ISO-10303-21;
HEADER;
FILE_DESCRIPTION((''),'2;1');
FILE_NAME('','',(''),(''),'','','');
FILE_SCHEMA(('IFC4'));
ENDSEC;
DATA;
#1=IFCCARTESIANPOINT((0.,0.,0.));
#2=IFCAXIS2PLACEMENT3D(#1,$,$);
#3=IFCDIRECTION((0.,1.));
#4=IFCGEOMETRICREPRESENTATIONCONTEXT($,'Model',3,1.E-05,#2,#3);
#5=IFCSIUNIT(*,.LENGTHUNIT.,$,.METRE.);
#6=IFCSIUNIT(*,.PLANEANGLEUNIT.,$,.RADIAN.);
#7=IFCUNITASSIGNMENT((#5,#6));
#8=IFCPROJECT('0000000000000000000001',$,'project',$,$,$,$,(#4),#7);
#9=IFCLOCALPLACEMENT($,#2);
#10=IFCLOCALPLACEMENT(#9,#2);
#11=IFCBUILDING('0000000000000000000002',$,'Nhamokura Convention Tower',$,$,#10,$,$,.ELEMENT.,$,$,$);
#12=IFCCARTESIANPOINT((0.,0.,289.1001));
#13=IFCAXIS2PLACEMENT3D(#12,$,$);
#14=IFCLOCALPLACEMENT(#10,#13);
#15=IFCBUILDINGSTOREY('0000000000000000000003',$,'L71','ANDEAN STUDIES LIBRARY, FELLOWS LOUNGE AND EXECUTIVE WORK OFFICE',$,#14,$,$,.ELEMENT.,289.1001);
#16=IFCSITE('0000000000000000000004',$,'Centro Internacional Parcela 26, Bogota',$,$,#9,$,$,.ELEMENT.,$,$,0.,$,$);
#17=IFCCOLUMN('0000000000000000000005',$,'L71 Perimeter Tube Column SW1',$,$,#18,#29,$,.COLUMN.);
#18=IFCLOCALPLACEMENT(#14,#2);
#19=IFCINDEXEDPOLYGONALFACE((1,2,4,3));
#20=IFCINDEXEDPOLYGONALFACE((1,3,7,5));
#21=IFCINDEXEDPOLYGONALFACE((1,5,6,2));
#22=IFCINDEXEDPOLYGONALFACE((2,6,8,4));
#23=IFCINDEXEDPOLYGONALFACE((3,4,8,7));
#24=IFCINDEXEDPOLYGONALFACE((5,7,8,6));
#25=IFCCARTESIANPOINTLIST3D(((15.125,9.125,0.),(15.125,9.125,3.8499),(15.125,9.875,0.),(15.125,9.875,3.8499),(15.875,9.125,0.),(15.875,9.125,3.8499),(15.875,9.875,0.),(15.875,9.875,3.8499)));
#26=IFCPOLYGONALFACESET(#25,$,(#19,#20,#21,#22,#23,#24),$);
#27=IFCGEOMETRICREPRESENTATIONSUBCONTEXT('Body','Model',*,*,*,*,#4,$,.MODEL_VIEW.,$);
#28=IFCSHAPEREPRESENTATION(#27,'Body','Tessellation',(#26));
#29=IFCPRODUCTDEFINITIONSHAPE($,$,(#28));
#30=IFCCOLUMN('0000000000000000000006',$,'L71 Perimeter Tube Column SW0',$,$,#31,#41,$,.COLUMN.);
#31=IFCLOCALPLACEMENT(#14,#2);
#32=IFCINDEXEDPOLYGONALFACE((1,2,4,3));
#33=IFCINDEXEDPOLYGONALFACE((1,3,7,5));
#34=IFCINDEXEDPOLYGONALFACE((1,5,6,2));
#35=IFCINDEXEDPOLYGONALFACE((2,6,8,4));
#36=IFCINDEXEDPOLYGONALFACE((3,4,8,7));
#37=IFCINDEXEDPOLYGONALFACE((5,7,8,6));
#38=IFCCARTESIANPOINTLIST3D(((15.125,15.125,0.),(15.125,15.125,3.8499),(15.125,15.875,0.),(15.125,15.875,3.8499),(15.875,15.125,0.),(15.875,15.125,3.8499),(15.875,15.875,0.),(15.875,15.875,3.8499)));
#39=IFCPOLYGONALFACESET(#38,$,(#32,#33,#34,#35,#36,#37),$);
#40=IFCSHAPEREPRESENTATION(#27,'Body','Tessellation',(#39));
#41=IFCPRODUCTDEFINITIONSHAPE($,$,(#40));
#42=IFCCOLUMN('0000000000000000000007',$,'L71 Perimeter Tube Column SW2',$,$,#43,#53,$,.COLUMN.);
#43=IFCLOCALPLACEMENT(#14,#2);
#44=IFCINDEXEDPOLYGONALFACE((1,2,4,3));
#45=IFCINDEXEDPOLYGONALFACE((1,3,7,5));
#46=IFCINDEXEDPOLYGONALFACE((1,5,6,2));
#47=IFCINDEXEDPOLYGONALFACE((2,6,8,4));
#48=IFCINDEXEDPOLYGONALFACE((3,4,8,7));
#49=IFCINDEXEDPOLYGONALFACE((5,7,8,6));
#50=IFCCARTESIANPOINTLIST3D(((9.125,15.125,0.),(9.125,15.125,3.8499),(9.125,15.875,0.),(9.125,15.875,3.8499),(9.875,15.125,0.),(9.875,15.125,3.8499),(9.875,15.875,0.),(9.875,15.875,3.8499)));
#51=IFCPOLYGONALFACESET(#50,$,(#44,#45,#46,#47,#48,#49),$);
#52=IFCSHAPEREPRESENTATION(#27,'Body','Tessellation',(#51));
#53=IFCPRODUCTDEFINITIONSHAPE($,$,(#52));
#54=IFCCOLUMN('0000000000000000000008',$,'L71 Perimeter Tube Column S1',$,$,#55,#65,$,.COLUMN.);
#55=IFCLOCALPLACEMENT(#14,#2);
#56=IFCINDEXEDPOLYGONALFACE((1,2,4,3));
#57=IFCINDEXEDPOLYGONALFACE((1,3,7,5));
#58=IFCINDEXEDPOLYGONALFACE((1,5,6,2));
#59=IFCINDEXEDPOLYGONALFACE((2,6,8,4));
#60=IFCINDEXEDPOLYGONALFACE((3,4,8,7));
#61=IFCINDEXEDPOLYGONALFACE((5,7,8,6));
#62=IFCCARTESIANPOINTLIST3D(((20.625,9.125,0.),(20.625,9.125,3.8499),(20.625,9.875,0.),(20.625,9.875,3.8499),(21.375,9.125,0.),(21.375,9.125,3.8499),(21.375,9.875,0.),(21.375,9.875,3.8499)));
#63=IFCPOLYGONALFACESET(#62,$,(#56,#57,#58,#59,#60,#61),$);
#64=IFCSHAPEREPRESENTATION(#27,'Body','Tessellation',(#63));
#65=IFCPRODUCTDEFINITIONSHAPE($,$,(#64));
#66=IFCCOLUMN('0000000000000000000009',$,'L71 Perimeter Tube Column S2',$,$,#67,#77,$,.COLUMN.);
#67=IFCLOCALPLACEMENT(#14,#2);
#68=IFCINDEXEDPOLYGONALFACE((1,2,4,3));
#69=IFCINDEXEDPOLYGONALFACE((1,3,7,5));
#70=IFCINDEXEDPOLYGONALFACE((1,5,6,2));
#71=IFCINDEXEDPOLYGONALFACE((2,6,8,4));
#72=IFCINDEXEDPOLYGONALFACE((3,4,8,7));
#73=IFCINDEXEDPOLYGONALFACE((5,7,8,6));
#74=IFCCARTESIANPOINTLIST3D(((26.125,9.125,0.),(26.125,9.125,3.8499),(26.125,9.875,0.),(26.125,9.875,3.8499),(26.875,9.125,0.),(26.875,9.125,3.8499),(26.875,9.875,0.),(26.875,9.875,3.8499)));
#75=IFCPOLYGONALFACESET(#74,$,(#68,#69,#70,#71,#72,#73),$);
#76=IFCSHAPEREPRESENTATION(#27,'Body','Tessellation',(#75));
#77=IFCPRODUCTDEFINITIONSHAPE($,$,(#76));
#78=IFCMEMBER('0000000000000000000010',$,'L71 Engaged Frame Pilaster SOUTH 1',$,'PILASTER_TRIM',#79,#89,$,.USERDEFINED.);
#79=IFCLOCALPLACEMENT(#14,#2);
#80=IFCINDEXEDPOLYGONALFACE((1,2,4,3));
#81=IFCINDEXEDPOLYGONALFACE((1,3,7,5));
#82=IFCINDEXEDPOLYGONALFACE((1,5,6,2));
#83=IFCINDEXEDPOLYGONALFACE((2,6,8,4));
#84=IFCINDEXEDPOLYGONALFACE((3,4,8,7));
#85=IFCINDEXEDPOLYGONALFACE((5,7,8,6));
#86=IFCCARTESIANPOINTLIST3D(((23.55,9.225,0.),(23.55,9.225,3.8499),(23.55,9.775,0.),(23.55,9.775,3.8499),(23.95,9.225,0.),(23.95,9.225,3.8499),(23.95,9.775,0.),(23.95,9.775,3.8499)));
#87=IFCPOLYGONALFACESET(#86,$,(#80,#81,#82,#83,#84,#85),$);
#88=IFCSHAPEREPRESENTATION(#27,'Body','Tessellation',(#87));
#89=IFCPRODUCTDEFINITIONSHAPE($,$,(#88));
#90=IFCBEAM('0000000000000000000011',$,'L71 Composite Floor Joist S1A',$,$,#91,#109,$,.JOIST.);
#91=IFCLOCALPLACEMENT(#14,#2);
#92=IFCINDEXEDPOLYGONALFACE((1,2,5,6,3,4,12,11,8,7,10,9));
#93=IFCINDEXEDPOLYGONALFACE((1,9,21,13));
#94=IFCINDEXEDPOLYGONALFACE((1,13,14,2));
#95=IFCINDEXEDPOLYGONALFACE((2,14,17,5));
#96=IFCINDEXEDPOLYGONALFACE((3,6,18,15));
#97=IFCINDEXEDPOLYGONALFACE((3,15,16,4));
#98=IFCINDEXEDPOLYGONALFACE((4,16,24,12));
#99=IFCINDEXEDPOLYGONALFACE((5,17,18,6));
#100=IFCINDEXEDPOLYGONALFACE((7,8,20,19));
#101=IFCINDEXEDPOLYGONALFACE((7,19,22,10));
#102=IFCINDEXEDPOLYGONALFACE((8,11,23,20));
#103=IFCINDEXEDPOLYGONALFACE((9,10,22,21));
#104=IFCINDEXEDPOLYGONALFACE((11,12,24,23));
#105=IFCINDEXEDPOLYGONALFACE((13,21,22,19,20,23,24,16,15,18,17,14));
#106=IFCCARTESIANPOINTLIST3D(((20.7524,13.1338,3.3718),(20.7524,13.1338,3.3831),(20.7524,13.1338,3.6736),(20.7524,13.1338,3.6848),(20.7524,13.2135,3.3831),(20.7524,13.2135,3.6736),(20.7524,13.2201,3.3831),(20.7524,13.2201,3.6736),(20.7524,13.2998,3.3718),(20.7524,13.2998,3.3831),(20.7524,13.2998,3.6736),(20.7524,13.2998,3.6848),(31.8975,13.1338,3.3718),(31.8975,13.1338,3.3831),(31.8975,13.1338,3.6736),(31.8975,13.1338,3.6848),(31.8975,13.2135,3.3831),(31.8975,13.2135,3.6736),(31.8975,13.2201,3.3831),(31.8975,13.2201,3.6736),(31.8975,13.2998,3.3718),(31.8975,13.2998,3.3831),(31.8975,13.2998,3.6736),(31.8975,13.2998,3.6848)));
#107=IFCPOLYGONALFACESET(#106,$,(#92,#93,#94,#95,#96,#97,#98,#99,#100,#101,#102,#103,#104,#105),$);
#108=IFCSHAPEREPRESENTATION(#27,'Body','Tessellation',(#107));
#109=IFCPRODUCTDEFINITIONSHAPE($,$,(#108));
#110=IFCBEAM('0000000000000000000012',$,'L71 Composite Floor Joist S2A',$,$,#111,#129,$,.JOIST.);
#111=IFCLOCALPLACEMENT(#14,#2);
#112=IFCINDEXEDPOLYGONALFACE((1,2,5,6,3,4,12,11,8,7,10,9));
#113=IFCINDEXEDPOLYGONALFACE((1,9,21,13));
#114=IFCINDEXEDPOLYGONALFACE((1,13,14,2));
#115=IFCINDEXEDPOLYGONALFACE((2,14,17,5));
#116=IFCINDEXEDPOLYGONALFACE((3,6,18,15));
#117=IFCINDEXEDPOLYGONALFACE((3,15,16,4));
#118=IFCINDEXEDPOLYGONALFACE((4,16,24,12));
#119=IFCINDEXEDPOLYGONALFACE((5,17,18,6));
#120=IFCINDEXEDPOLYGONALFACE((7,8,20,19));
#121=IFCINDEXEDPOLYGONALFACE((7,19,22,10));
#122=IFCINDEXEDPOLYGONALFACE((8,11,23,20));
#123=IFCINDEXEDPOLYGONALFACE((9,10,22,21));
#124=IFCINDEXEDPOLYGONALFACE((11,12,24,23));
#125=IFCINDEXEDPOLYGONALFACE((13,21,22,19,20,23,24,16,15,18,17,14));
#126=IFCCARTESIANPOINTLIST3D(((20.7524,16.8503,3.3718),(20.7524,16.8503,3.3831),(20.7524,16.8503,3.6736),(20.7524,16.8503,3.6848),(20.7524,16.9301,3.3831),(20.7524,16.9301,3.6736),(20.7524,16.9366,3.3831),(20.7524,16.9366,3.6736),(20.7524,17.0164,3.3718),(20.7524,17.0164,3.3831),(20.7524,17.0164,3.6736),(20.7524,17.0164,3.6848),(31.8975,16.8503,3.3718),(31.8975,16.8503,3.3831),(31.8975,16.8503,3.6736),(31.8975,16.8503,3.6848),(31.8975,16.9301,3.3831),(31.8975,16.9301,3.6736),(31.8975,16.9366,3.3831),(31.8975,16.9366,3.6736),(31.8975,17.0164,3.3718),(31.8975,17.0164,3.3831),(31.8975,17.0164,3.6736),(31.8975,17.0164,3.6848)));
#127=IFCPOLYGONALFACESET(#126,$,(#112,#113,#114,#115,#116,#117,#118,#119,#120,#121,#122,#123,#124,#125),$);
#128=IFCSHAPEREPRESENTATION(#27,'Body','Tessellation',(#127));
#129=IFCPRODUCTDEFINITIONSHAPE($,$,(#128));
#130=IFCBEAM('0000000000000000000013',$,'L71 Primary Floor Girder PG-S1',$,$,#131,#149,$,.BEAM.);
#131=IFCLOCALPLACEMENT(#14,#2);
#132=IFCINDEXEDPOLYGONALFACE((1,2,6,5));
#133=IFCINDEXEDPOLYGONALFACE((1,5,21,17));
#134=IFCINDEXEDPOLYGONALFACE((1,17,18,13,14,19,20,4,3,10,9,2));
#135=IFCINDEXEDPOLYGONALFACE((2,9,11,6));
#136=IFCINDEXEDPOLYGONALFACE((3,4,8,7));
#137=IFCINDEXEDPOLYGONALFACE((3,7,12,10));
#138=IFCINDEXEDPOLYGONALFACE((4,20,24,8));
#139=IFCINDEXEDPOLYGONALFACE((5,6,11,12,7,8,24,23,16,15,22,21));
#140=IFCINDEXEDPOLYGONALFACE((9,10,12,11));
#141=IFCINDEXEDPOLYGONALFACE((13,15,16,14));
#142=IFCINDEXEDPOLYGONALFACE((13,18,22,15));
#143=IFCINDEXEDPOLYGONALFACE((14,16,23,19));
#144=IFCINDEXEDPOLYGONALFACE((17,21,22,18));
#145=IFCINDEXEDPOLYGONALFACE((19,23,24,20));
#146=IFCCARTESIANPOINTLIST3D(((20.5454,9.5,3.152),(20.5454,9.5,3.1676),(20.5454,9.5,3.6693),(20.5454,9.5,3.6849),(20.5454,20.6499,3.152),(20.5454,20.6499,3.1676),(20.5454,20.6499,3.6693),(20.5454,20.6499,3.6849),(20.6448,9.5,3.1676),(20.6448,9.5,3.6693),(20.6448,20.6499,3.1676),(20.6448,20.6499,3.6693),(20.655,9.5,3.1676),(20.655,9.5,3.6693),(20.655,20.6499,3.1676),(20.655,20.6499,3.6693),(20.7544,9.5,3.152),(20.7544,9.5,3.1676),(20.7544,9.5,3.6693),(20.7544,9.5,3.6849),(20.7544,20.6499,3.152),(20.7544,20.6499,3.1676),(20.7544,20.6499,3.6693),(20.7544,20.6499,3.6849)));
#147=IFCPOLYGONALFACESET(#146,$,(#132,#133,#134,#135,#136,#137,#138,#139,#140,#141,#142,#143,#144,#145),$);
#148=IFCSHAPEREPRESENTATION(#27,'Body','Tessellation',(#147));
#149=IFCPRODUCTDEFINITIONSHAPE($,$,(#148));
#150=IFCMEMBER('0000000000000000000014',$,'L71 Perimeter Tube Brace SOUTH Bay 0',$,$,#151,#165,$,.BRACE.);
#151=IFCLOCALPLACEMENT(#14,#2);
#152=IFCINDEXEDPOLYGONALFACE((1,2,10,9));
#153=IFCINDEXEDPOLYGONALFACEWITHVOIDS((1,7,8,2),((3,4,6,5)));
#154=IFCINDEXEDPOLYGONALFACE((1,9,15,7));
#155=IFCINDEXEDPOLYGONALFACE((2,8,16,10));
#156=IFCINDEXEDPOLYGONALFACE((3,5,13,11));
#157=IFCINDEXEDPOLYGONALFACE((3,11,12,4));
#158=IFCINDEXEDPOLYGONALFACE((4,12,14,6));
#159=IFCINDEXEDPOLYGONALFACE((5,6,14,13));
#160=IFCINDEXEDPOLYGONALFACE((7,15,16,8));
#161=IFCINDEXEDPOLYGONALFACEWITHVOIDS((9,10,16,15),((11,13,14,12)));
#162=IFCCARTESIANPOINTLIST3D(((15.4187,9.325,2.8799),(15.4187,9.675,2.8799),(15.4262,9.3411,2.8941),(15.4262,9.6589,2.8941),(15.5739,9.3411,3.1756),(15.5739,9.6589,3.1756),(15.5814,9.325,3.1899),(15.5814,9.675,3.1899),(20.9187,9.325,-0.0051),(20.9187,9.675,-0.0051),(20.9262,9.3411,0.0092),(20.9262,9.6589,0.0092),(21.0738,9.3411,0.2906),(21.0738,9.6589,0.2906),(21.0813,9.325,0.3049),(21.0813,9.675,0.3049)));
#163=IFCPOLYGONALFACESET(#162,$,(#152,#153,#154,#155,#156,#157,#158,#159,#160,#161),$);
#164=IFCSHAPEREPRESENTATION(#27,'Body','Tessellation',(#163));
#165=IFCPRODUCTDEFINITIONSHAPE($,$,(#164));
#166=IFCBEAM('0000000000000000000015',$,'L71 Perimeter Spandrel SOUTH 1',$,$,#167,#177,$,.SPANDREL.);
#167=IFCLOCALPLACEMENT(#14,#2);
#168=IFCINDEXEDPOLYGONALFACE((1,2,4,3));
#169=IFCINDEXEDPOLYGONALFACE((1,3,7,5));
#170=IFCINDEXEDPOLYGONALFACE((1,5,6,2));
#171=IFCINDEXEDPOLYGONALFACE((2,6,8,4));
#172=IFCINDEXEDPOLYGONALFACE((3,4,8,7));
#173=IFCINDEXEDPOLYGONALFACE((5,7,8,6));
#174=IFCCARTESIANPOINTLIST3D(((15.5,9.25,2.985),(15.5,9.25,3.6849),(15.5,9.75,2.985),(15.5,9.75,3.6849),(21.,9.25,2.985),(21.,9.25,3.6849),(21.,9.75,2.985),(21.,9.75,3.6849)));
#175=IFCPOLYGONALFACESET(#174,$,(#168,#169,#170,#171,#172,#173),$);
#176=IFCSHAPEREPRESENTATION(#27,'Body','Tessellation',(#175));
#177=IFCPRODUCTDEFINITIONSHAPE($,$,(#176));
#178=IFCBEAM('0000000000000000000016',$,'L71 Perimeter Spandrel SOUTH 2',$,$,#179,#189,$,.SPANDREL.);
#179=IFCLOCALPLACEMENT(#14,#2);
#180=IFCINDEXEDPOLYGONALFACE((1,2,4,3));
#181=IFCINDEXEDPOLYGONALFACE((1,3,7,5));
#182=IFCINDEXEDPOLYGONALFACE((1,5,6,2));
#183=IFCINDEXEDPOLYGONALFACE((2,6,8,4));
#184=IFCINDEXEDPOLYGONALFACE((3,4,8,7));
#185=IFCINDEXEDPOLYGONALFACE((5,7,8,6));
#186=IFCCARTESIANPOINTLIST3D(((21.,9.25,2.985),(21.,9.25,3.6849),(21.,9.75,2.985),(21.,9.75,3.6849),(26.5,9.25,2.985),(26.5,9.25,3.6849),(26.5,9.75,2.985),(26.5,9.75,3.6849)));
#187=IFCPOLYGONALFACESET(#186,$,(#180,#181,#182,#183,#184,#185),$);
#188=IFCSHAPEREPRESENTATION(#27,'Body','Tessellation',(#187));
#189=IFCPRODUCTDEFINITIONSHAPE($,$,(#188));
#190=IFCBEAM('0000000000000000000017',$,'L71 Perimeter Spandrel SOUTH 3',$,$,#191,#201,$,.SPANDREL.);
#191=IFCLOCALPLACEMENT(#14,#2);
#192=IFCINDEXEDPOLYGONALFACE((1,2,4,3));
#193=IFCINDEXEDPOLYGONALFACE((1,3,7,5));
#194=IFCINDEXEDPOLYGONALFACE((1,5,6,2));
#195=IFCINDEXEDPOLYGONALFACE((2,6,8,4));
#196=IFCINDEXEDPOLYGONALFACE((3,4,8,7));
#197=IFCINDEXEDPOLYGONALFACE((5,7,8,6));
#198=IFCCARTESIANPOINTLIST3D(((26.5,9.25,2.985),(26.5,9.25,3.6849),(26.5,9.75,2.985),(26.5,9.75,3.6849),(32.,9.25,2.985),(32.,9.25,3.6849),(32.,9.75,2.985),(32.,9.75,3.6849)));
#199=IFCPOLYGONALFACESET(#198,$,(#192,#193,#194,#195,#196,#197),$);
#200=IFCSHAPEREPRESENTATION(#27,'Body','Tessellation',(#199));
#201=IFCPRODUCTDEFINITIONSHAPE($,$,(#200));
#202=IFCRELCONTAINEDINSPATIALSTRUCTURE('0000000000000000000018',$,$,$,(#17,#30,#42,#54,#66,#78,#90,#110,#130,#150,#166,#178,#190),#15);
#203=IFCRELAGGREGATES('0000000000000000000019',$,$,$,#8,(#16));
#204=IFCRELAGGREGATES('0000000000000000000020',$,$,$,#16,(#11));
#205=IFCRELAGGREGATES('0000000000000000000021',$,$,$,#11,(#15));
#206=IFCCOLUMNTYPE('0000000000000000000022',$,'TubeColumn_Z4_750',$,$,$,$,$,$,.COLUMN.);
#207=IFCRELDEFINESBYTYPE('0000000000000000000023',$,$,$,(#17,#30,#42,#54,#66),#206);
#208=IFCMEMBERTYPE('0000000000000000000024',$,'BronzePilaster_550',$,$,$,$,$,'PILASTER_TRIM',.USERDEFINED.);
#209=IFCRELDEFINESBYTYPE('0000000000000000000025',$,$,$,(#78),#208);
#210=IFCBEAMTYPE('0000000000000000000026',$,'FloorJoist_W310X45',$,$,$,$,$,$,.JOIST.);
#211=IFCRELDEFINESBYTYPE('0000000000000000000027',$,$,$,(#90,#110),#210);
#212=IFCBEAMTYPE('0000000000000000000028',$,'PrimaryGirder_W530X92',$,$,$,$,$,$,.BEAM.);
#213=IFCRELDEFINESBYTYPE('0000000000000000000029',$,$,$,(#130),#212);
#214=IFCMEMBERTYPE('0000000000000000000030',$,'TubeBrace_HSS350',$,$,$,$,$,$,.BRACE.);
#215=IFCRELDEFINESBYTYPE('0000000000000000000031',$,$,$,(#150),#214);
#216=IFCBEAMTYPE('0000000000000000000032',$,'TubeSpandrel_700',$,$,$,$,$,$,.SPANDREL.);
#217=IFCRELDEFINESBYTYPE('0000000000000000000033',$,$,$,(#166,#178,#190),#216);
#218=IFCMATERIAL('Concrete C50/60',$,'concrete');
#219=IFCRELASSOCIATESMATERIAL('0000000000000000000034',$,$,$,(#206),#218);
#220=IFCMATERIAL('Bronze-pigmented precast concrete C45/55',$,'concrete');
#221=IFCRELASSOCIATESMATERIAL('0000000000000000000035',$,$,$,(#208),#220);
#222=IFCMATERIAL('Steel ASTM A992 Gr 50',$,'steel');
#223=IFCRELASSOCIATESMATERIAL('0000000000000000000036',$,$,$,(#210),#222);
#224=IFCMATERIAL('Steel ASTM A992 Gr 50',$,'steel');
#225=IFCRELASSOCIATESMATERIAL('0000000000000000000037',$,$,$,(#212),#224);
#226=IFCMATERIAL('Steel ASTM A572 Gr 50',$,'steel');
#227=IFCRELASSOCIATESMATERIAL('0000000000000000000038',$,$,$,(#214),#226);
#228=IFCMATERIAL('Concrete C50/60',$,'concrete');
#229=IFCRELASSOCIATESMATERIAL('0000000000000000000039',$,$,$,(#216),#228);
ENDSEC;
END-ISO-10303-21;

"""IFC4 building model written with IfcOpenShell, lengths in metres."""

from ifc_helpers import new_model, si_unit, direction, frame, origin, origin_2d, place, context, subcontext, project, spatial, rectangle, hollow_rectangle, i_section, extrude, material, material_profile, profile_set, type_object, element, save


model = new_model("IFC4")

# Units and contexts
model_context = context("Model", 3, precision=1e-05, world=origin(), true_north=direction((0.0, 1.0)))
body_context = subcontext(model_context, "Body", "Model", "MODEL_VIEW")
ifc_project = project(units=[si_unit("LENGTHUNIT", "METRE"), si_unit("PLANEANGLEUNIT", "RADIAN")], contexts=[model_context])

# Site, building, storey
site_placement = place(None, origin())
site = spatial("IfcSite", under=ifc_project, at=site_placement, Name="Centro Internacional Parcela 26, Bogota", CompositionType="ELEMENT", RefElevation=0.0)
building_placement = place(site_placement, origin())
building = spatial("IfcBuilding", under=site, at=building_placement, Name="Nhamokura Convention Tower", CompositionType="ELEMENT")
storey_placement = place(building_placement, frame((0.0, 0.0, 289.1001)))
storey = spatial("IfcBuildingStorey", under=building, at=storey_placement, Name="L71", Description="ANDEAN STUDIES LIBRARY, FELLOWS LOUNGE AND EXECUTIVE WORK OFFICE", CompositionType="ELEMENT", Elevation=289.1001)

# Columns
ifc_material_1 = material(Name="Concrete C50/60", Category="concrete")
ifc_material_profile_1 = material_profile(ifc_material_1, rectangle(XDim=0.75, YDim=0.75, at=origin_2d()))
ifc_profile_set_1 = profile_set([ifc_material_profile_1], Name="Concrete C50/60")
column_type = type_object("IfcColumnType", Name="TubeColumn_Z4_750", PredefinedType="COLUMN", material=ifc_profile_set_1)
for number, where, z_axis, x_axis, name in (
    (1, (15.5, 9.5, 0.0), (0.0, 0.0, 1.0), (1.0, 0.0, 0.0), "L71 Perimeter Tube Column SW1"),
    (2, (15.5, 15.5, 0.0), (0.0, 0.0, 1.0), (1.0, 0.0, 0.0), "L71 Perimeter Tube Column SW0"),
    (3, (9.5, 15.5, 0.0), (0.0, 0.0, 1.0), (1.0, 0.0, 0.0), "L71 Perimeter Tube Column SW2"),
    (4, (21.0, 9.5, 0.0), (0.0, 0.0, 1.0), (1.0, 0.0, 0.0), "L71 Perimeter Tube Column S1"),
    (5, (26.5, 9.5, 0.0), (0.0, 0.0, 1.0), (1.0, 0.0, 0.0), "L71 Perimeter Tube Column S2"),
):
    element("IfcColumn", number, at=place(storey_placement, frame(where, z_axis=z_axis, x_axis=x_axis)), inside=storey, type_object=column_type, Name=name, PredefinedType="COLUMN", context=body_context, shape_type="SweptSolid", body=[
        extrude(rectangle(XDim=0.75, YDim=0.75, at=origin_2d()), origin(), (0.0, 0.0, 1.0), 3.8499),
    ])

# Member
ifc_material_2 = material(Name="Bronze-pigmented precast concrete C45/55", Category="concrete")
ifc_material_profile_2 = material_profile(ifc_material_2, rectangle(XDim=0.3999, YDim=0.55, at=origin_2d()))
ifc_profile_set_2 = profile_set([ifc_material_profile_2], Name="Bronze-pigmented precast concrete C45/55")
member_type_1 = type_object("IfcMemberType", Name="BronzePilaster_550", ElementType="PILASTER_TRIM", PredefinedType="USERDEFINED", material=ifc_profile_set_2)
member_1_placement = place(storey_placement, frame((23.75, 9.5, 0.0), z_axis=(0.0, 0.0, 1.0), x_axis=(1.0, 0.0, 0.0)))
element("IfcMember", 6, at=member_1_placement, inside=storey, type_object=member_type_1, Name="L71 Engaged Frame Pilaster SOUTH 1", ObjectType="PILASTER_TRIM", PredefinedType="USERDEFINED", context=body_context, shape_type="SweptSolid", body=[
    extrude(rectangle(XDim=0.3999, YDim=0.55, at=origin_2d()), origin(), (0.0, 0.0, 1.0), 3.8499),
])

# Beams
ifc_material_3 = material(Name="Steel ASTM A992 Gr 50", Category="steel")
ifc_material_profile_3 = material_profile(ifc_material_3, i_section(OverallWidth=0.166, OverallDepth=0.313, WebThickness=0.0066, FlangeThickness=0.0112, at=origin_2d()))
ifc_profile_set_3 = profile_set([ifc_material_profile_3], Name="Steel ASTM A992 Gr 50")
beam_type_1 = type_object("IfcBeamType", Name="FloorJoist_W310X45", PredefinedType="JOIST", material=ifc_profile_set_3)
for number, where, z_axis, x_axis, name in (
    (7, (20.7524, 13.2168, 3.5283), (1.0, 0.0, 0.0), (0.0, 1.0, 0.0), "L71 Composite Floor Joist S1A"),
    (8, (20.7524, 16.9333, 3.5283), (1.0, 0.0, 0.0), (0.0, 1.0, 0.0), "L71 Composite Floor Joist S2A"),
):
    element("IfcBeam", number, at=place(storey_placement, frame(where, z_axis=z_axis, x_axis=x_axis)), inside=storey, type_object=beam_type_1, Name=name, PredefinedType="JOIST", context=body_context, shape_type="SweptSolid", body=[
        extrude(i_section(OverallWidth=0.166, OverallDepth=0.313, WebThickness=0.0066, FlangeThickness=0.0112, at=origin_2d()), origin(), (0.0, 0.0, 1.0), 11.145),
    ])
ifc_material_4 = material(Name="Steel ASTM A992 Gr 50", Category="steel")
ifc_material_profile_4 = material_profile(ifc_material_4, i_section(OverallWidth=0.209, OverallDepth=0.533, WebThickness=0.0103, FlangeThickness=0.0156, at=origin_2d()))
ifc_profile_set_4 = profile_set([ifc_material_profile_4], Name="Steel ASTM A992 Gr 50")
beam_type_2 = type_object("IfcBeamType", Name="PrimaryGirder_W530X92", PredefinedType="BEAM", material=ifc_profile_set_4)
beam_placement = place(storey_placement, frame((20.6499, 9.5, 3.4185), z_axis=(0.0, 1.0, 0.0), x_axis=(-1.0, 0.0, 0.0)))
element("IfcBeam", 9, at=beam_placement, inside=storey, type_object=beam_type_2, Name="L71 Primary Floor Girder PG-S1", PredefinedType="BEAM", context=body_context, shape_type="SweptSolid", body=[
    extrude(i_section(OverallWidth=0.209, OverallDepth=0.533, WebThickness=0.0103, FlangeThickness=0.0156, at=origin_2d()), origin(), (0.0, 0.0, 1.0), 11.1499),
])

# Member
ifc_material_5 = material(Name="Steel ASTM A572 Gr 50", Category="steel")
ifc_material_profile_5 = material_profile(ifc_material_5, hollow_rectangle(XDim=0.3501, YDim=0.3501, WallThickness=0.0161, at=origin_2d()))
ifc_profile_set_5 = profile_set([ifc_material_profile_5], Name="Steel ASTM A572 Gr 50")
member_type_2 = type_object("IfcMemberType", Name="TubeBrace_HSS350", PredefinedType="BRACE", material=ifc_profile_set_5)
member_2_placement = place(storey_placement, frame((21.0, 9.5, 0.1499), z_axis=(-0.885563, 0.0, 0.46452), x_axis=(0.0, -1.0, 0.0)))
element("IfcMember", 10, at=member_2_placement, inside=storey, type_object=member_type_2, Name="L71 Perimeter Tube Brace SOUTH Bay 0", PredefinedType="BRACE", context=body_context, shape_type="SweptSolid", body=[
    extrude(hollow_rectangle(XDim=0.3501, YDim=0.3501, WallThickness=0.0161, at=origin_2d()), origin(), (0.0, 0.0, 1.0), 6.2107),
])

# Beams
ifc_material_6 = material(Name="Concrete C50/60", Category="concrete")
ifc_material_profile_6 = material_profile(ifc_material_6, rectangle(XDim=0.5, YDim=0.7, at=origin_2d()))
ifc_profile_set_6 = profile_set([ifc_material_profile_6], Name="Concrete C50/60")
beam_type_3 = type_object("IfcBeamType", Name="TubeSpandrel_700", PredefinedType="SPANDREL", material=ifc_profile_set_6)
for number, where, z_axis, x_axis, name in (
    (11, (15.5, 9.5, 3.335), (1.0, 0.0, 0.0), (0.0, 1.0, 0.0), "L71 Perimeter Spandrel SOUTH 1"),
    (12, (21.0, 9.5, 3.335), (1.0, 0.0, 0.0), (0.0, 1.0, 0.0), "L71 Perimeter Spandrel SOUTH 2"),
    (13, (26.5, 9.5, 3.335), (1.0, 0.0, 0.0), (0.0, 1.0, 0.0), "L71 Perimeter Spandrel SOUTH 3"),
):
    element("IfcBeam", number, at=place(storey_placement, frame(where, z_axis=z_axis, x_axis=x_axis)), inside=storey, type_object=beam_type_3, Name=name, PredefinedType="SPANDREL", context=body_context, shape_type="SweptSolid", body=[
        extrude(rectangle(XDim=0.5, YDim=0.7, at=origin_2d()), origin(), (0.0, 0.0, 1.0), 5.5),
    ])

save(model, "model.ifc")
